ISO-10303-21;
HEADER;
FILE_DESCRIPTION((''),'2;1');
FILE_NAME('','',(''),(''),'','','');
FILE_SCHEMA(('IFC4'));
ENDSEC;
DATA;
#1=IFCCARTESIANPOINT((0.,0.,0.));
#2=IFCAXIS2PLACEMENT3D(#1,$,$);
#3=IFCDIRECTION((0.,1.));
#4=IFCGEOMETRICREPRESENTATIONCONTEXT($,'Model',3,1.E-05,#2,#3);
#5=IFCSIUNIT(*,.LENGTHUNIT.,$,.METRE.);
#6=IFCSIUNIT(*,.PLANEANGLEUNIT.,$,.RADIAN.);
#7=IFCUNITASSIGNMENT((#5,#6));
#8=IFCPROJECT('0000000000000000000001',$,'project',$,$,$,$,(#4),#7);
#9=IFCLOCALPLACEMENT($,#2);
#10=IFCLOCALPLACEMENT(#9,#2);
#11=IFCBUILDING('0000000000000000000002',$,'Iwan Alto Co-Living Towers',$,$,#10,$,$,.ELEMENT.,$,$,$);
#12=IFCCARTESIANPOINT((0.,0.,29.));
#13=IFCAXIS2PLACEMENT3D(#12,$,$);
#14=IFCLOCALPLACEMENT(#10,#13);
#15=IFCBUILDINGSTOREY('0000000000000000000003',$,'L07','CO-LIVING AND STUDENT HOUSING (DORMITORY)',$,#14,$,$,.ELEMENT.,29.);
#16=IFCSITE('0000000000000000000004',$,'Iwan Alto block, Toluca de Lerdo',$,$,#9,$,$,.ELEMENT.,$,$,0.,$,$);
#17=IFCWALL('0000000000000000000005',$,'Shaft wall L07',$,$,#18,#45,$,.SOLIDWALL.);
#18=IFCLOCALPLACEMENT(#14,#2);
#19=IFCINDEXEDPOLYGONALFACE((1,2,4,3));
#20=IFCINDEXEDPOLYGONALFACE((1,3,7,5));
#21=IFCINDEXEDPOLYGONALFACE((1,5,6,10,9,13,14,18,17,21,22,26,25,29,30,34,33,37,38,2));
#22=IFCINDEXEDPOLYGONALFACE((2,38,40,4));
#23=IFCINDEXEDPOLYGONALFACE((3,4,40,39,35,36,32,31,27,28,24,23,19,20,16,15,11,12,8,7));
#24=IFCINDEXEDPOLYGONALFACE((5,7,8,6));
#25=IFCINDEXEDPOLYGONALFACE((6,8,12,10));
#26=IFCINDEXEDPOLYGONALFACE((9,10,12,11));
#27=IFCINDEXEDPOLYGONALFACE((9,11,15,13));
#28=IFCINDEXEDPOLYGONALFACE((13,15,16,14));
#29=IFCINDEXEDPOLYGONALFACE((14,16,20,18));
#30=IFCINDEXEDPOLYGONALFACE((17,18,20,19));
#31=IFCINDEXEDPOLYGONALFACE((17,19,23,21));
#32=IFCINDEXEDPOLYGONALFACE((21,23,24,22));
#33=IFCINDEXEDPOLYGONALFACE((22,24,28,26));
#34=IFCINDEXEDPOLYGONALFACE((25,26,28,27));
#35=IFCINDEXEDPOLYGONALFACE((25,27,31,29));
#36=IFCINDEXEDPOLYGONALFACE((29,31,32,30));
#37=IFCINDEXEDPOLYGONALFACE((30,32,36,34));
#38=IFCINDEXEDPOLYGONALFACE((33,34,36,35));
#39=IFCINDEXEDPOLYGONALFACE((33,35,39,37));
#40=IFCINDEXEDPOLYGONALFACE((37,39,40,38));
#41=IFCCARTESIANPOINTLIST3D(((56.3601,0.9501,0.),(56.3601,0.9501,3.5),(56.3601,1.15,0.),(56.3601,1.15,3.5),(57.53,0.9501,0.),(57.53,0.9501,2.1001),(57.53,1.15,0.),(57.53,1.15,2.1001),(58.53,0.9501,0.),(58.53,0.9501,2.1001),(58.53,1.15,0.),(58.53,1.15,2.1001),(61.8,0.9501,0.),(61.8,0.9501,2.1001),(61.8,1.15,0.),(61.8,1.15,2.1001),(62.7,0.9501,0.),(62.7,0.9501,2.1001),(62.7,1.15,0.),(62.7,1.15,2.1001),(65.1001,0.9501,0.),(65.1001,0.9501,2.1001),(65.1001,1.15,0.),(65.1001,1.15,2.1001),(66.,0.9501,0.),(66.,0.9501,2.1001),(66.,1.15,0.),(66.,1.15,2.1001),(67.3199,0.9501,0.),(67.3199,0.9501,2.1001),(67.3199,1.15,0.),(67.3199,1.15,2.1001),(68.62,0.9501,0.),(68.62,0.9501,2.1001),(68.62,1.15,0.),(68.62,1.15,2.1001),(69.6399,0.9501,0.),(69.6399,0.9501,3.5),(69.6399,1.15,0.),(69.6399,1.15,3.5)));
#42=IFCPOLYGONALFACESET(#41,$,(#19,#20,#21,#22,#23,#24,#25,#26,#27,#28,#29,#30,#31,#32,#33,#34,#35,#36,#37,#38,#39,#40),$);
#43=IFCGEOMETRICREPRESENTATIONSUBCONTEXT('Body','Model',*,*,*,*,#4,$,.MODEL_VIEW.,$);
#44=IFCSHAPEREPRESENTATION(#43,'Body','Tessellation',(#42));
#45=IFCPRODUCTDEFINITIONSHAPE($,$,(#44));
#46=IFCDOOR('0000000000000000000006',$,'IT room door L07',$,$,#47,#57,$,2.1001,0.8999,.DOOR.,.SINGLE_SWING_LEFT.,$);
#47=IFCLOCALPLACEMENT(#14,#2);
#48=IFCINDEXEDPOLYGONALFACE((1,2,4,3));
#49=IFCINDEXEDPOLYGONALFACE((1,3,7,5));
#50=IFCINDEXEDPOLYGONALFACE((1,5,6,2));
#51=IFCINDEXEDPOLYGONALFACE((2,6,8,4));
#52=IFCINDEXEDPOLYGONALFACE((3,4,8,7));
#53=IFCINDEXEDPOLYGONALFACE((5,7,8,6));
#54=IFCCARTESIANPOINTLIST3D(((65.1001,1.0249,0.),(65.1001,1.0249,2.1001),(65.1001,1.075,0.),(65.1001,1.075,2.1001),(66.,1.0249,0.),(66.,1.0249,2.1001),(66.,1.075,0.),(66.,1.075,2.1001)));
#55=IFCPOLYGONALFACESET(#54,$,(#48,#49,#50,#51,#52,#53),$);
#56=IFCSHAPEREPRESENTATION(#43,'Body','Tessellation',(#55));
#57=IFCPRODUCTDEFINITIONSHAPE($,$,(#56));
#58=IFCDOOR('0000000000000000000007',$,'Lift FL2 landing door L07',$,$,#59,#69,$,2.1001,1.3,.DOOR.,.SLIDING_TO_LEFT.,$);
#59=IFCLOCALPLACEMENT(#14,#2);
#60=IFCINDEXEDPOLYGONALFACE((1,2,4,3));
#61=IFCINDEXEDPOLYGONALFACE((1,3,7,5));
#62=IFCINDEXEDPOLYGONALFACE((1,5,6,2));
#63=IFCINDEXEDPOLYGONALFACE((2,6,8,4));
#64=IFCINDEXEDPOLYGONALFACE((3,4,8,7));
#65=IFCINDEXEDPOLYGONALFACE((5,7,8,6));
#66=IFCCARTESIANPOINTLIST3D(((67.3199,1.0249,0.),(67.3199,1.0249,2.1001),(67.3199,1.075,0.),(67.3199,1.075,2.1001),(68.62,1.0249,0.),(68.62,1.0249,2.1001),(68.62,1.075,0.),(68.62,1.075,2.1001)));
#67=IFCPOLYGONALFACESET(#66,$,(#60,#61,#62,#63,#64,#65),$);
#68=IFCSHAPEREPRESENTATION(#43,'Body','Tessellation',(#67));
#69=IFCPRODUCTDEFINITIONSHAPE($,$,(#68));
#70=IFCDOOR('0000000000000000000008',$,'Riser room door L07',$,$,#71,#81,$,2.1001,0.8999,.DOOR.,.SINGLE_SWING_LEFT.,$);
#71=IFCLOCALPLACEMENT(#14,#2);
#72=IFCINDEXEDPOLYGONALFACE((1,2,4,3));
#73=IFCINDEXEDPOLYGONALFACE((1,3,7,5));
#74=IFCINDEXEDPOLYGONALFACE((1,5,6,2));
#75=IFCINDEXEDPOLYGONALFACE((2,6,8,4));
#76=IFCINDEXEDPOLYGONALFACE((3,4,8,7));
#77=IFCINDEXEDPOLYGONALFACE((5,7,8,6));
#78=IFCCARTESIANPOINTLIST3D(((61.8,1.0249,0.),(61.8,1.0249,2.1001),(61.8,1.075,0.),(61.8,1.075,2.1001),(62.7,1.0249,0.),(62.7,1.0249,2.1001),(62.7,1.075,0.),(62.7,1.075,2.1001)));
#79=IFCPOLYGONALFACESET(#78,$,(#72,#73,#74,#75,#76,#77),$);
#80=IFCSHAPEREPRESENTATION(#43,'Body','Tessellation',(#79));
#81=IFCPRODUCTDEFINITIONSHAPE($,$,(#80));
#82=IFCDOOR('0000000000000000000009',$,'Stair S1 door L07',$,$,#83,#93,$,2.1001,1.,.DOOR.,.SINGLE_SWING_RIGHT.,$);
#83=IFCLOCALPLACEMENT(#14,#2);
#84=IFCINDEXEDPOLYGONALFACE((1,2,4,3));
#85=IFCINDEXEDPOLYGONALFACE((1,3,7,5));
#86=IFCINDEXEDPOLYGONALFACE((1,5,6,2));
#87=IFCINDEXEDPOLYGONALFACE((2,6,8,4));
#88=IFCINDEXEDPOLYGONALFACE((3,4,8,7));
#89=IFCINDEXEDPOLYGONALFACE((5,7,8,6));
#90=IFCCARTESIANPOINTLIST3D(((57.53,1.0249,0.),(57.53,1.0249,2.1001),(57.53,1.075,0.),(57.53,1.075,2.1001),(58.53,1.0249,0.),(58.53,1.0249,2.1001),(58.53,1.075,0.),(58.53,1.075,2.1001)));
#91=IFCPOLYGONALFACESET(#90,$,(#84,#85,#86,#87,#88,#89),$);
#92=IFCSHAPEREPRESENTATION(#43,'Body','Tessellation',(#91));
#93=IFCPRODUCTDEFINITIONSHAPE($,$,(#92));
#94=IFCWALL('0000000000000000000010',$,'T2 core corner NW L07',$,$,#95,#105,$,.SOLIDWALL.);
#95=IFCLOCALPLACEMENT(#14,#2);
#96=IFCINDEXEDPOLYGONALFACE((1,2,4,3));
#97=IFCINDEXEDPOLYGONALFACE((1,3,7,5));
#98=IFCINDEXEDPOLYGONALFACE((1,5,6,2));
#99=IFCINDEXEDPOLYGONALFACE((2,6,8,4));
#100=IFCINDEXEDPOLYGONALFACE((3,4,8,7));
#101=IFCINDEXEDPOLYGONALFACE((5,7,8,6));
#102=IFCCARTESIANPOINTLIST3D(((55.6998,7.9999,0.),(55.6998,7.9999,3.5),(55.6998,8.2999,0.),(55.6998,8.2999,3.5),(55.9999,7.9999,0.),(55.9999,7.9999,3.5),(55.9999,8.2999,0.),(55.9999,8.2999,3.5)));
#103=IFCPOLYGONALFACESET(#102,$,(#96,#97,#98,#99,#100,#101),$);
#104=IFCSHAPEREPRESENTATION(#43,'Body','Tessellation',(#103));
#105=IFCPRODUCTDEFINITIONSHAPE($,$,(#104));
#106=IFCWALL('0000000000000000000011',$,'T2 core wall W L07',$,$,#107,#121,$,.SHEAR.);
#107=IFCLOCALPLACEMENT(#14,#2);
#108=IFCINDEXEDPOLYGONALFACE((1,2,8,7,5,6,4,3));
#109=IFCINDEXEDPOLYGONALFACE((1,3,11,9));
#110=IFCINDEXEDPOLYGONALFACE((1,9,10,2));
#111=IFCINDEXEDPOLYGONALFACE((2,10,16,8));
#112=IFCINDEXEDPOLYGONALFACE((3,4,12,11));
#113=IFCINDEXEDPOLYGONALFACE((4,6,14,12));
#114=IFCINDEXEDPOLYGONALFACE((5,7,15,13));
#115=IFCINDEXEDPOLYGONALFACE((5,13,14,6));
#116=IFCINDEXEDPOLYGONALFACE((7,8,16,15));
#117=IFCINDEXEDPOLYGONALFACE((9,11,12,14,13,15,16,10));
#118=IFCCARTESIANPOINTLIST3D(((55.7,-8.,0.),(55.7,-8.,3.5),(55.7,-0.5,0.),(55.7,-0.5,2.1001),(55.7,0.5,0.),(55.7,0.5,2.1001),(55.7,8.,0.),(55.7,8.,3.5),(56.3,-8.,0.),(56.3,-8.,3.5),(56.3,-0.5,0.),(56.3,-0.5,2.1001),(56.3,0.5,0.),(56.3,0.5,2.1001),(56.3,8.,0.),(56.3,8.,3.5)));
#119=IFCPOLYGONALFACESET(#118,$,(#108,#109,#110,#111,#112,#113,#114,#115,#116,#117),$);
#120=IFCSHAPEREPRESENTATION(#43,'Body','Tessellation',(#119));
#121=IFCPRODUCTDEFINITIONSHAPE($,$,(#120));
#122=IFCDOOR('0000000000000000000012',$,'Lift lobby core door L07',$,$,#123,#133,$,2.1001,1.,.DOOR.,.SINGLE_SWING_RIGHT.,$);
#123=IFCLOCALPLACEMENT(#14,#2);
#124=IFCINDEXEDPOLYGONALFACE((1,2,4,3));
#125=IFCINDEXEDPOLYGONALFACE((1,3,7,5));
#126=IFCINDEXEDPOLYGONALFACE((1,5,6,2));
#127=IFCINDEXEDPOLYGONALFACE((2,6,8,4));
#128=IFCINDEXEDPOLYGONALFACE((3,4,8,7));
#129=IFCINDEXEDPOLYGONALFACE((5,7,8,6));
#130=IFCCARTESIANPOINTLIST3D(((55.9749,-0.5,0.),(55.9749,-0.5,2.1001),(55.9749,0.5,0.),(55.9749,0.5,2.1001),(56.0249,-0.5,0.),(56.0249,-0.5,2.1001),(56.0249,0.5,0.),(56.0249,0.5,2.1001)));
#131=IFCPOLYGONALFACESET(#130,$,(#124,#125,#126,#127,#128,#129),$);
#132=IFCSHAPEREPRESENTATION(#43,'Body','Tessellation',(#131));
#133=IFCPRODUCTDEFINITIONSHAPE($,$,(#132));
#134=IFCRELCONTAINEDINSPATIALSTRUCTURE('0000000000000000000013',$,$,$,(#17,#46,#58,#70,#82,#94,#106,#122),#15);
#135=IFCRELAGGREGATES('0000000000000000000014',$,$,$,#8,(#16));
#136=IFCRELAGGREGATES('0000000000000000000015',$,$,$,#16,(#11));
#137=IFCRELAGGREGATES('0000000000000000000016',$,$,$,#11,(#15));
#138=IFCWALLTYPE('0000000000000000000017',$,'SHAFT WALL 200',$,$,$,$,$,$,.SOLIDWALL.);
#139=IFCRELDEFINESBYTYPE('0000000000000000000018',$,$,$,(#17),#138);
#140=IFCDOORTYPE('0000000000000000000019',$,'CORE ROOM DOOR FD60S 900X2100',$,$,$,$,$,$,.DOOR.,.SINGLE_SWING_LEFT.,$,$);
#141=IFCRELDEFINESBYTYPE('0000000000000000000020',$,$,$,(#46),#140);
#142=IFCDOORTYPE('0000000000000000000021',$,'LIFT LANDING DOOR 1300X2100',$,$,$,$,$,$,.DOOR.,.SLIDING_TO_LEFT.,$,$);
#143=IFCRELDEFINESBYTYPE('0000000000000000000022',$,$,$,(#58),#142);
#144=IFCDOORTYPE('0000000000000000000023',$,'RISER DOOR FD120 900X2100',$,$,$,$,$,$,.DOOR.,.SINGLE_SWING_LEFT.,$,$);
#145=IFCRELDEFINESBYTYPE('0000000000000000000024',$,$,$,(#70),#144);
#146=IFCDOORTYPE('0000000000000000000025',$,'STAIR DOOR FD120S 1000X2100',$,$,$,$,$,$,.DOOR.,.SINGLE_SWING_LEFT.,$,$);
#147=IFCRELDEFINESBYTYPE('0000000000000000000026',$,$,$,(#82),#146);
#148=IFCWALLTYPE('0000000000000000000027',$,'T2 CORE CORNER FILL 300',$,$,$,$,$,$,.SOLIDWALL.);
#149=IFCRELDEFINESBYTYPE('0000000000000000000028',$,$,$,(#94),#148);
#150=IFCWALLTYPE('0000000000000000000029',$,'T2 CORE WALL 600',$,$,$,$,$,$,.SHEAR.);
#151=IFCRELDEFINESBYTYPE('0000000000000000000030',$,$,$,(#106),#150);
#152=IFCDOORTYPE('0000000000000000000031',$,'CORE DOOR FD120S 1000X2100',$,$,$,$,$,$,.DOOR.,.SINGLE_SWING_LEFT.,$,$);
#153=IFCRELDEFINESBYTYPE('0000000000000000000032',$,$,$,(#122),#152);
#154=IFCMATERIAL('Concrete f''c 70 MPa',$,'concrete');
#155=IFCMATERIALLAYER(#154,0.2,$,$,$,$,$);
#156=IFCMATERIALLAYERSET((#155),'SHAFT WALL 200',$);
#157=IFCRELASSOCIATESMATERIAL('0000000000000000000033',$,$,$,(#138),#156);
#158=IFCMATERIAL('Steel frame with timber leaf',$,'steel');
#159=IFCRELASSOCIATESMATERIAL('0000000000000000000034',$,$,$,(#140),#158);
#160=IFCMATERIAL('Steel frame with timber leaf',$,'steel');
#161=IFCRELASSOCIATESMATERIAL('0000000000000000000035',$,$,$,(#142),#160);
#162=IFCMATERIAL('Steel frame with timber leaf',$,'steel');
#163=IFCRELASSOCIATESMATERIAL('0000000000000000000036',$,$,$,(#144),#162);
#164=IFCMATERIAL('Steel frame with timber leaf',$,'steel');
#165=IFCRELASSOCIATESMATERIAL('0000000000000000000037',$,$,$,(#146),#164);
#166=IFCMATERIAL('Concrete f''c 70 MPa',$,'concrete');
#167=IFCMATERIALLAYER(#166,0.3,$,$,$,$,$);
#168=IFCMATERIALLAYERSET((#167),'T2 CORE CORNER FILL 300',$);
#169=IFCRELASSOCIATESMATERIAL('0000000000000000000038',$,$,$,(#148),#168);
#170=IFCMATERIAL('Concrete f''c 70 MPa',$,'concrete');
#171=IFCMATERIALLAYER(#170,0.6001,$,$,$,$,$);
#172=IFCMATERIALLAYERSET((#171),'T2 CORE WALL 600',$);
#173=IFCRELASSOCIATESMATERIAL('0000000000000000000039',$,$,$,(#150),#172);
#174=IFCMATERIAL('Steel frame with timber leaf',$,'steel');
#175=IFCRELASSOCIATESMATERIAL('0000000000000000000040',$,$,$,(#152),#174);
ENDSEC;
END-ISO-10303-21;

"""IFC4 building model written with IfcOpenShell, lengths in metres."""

from ifc_helpers import new_model, si_unit, direction, frame, frame_2d, origin, place, context, subcontext, project, spatial, rectangle, extrude, material, layer, layer_set, type_object, element, fill, save


model = new_model("IFC4")

# Units and contexts
model_context = context("Model", 3, precision=1e-05, world=origin(), true_north=direction((0.0, 1.0)))
body_context = subcontext(model_context, "Body", "Model", "MODEL_VIEW")
ifc_project = project(units=[si_unit("LENGTHUNIT", "METRE"), si_unit("PLANEANGLEUNIT", "RADIAN")], contexts=[model_context])

# Site, building, storey
site_placement = place(None, origin())
site = spatial("IfcSite", under=ifc_project, at=site_placement, Name="Iwan Alto block, Toluca de Lerdo", CompositionType="ELEMENT", RefElevation=0.0)
building_placement = place(site_placement, origin())
building = spatial("IfcBuilding", under=site, at=building_placement, Name="Iwan Alto Co-Living Towers", CompositionType="ELEMENT")
storey_placement = place(building_placement, frame((0.0, 0.0, 29.0)))
storey = spatial("IfcBuildingStorey", under=building, at=storey_placement, Name="L07", Description="CO-LIVING AND STUDENT HOUSING (DORMITORY)", CompositionType="ELEMENT", Elevation=29.0)

# Wall, openings, doors
ifc_material_1 = material(Name="Concrete f'c 70 MPa", Category="concrete")
ifc_layer_1 = layer(ifc_material_1, 0.2)
ifc_layer_set_1 = layer_set([ifc_layer_1], Name="SHAFT WALL 200")
wall_type_1 = type_object("IfcWallType", Name="SHAFT WALL 200", PredefinedType="SOLIDWALL", material=ifc_layer_set_1)
wall_1_placement = place(storey_placement, frame((56.3601, 1.05, 0.0), z_axis=(0.0, 0.0, 1.0), x_axis=(1.0, 0.0, 0.0)))
wall_1 = element("IfcWall", 1, at=wall_1_placement, inside=storey, type_object=wall_type_1, Name="Shaft wall L07", PredefinedType="SOLIDWALL", context=body_context, shape_type="SweptSolid", body=[
    extrude(rectangle(XDim=13.2798, YDim=0.2, at=frame_2d((6.6399, 0.0))), origin(), (0.0, 0.0, 1.0), 3.5),
])
opening_1_placement = place(wall_1_placement, frame((1.1699, 0.0, 0.0)))
opening_1 = element("IfcOpeningElement", 2, at=opening_1_placement, cuts=wall_1, PredefinedType="OPENING", context=body_context, shape_type="SweptSolid", body=[
    extrude(rectangle(XDim=1.0, YDim=2.1001, at=frame_2d((0.5, 1.05))), frame((0.0, 0.1099, 0.0), z_axis=(0.0, -1.0, 0.0), x_axis=(1.0, 0.0, 0.0)), (0.0, 0.0, 1.0), 0.22),
])
opening_2_placement = place(wall_1_placement, frame((5.4399, 0.0, 0.0)))
opening_2 = element("IfcOpeningElement", 3, at=opening_2_placement, cuts=wall_1, PredefinedType="OPENING", context=body_context, shape_type="SweptSolid", body=[
    extrude(rectangle(XDim=0.8999, YDim=2.1001, at=frame_2d((0.45, 1.05))), frame((0.0, 0.1099, 0.0), z_axis=(0.0, -1.0, 0.0), x_axis=(1.0, 0.0, 0.0)), (0.0, 0.0, 1.0), 0.22),
])
opening_3_placement = place(wall_1_placement, frame((8.74, 0.0, 0.0)))
opening_3 = element("IfcOpeningElement", 4, at=opening_3_placement, cuts=wall_1, PredefinedType="OPENING", context=body_context, shape_type="SweptSolid", body=[
    extrude(rectangle(XDim=0.8999, YDim=2.1001, at=frame_2d((0.45, 1.05))), frame((0.0, 0.1099, 0.0), z_axis=(0.0, -1.0, 0.0), x_axis=(1.0, 0.0, 0.0)), (0.0, 0.0, 1.0), 0.22),
])
opening_4_placement = place(wall_1_placement, frame((10.96, 0.0, 0.0)))
opening_4 = element("IfcOpeningElement", 5, at=opening_4_placement, cuts=wall_1, PredefinedType="OPENING", context=body_context, shape_type="SweptSolid", body=[
    extrude(rectangle(XDim=1.3, YDim=2.1001, at=frame_2d((0.6499, 1.05))), frame((0.0, 0.1099, 0.0), z_axis=(0.0, -1.0, 0.0), x_axis=(1.0, 0.0, 0.0)), (0.0, 0.0, 1.0), 0.22),
])
ifc_material_2 = material(Name="Steel frame with timber leaf", Category="steel")
door_type_1 = type_object("IfcDoorType", Name="CORE ROOM DOOR FD60S 900X2100", OperationType="SINGLE_SWING_LEFT", PredefinedType="DOOR", material=ifc_material_2)
door_1_placement = place(opening_3_placement, origin())
door_1 = element("IfcDoor", 6, at=door_1_placement, inside=storey, type_object=door_type_1, Name="IT room door L07", OperationType="SINGLE_SWING_LEFT", OverallHeight=2.1001, OverallWidth=0.8999, PredefinedType="DOOR", context=body_context, shape_type="SweptSolid", body=[
    extrude(rectangle(XDim=0.8999, YDim=2.1001, at=frame_2d((0.45, 1.05))), frame((0.0, 0.0249, 0.0), z_axis=(0.0, -1.0, 0.0), x_axis=(1.0, 0.0, 0.0)), (0.0, 0.0, 1.0), 0.05),
])
fill(opening_3, door_1)
ifc_material_3 = material(Name="Steel frame with timber leaf", Category="steel")
door_type_2 = type_object("IfcDoorType", Name="LIFT LANDING DOOR 1300X2100", OperationType="SLIDING_TO_LEFT", PredefinedType="DOOR", material=ifc_material_3)
door_2_placement = place(opening_4_placement, origin())
door_2 = element("IfcDoor", 7, at=door_2_placement, inside=storey, type_object=door_type_2, Name="Lift FL2 landing door L07", OperationType="SLIDING_TO_LEFT", OverallHeight=2.1001, OverallWidth=1.3, PredefinedType="DOOR", context=body_context, shape_type="SweptSolid", body=[
    extrude(rectangle(XDim=1.3, YDim=2.1001, at=frame_2d((0.6499, 1.05))), frame((0.0, 0.0249, 0.0), z_axis=(0.0, -1.0, 0.0), x_axis=(1.0, 0.0, 0.0)), (0.0, 0.0, 1.0), 0.05),
])
fill(opening_4, door_2)
ifc_material_4 = material(Name="Steel frame with timber leaf", Category="steel")
door_type_3 = type_object("IfcDoorType", Name="RISER DOOR FD120 900X2100", OperationType="SINGLE_SWING_LEFT", PredefinedType="DOOR", material=ifc_material_4)
door_3_placement = place(opening_2_placement, origin())
door_3 = element("IfcDoor", 8, at=door_3_placement, inside=storey, type_object=door_type_3, Name="Riser room door L07", OperationType="SINGLE_SWING_LEFT", OverallHeight=2.1001, OverallWidth=0.8999, PredefinedType="DOOR", context=body_context, shape_type="SweptSolid", body=[
    extrude(rectangle(XDim=0.8999, YDim=2.1001, at=frame_2d((0.45, 1.05))), frame((0.0, 0.0249, 0.0), z_axis=(0.0, -1.0, 0.0), x_axis=(1.0, 0.0, 0.0)), (0.0, 0.0, 1.0), 0.05),
])
fill(opening_2, door_3)
ifc_material_5 = material(Name="Steel frame with timber leaf", Category="steel")
door_type_4 = type_object("IfcDoorType", Name="STAIR DOOR FD120S 1000X2100", OperationType="SINGLE_SWING_LEFT", PredefinedType="DOOR", material=ifc_material_5)
door_4_placement = place(opening_1_placement, origin())
door_4 = element("IfcDoor", 9, at=door_4_placement, inside=storey, type_object=door_type_4, Name="Stair S1 door L07", OperationType="SINGLE_SWING_RIGHT", OverallHeight=2.1001, OverallWidth=1.0, PredefinedType="DOOR", context=body_context, shape_type="SweptSolid", body=[
    extrude(rectangle(XDim=1.0, YDim=2.1001, at=frame_2d((0.5, 1.05))), frame((0.0, 0.0249, 0.0), z_axis=(0.0, -1.0, 0.0), x_axis=(1.0, 0.0, 0.0)), (0.0, 0.0, 1.0), 0.05),
])
fill(opening_1, door_4)

# Wall
ifc_material_6 = material(Name="Concrete f'c 70 MPa", Category="concrete")
ifc_layer_2 = layer(ifc_material_6, 0.3)
ifc_layer_set_2 = layer_set([ifc_layer_2], Name="T2 CORE CORNER FILL 300")
wall_type_2 = type_object("IfcWallType", Name="T2 CORE CORNER FILL 300", PredefinedType="SOLIDWALL", material=ifc_layer_set_2)
wall_2_placement = place(storey_placement, frame((55.7, 8.1499, 0.0), z_axis=(0.0, 0.0, 1.0), x_axis=(1.0, 0.0, 0.0)))
element("IfcWall", 10, at=wall_2_placement, inside=storey, type_object=wall_type_2, Name="T2 core corner NW L07", PredefinedType="SOLIDWALL", context=body_context, shape_type="SweptSolid", body=[
    extrude(rectangle(XDim=0.3, YDim=0.3, at=frame_2d((0.1499, 0.0))), origin(), (0.0, 0.0, 1.0), 3.5),
])

# Wall, opening, door
ifc_material_7 = material(Name="Concrete f'c 70 MPa", Category="concrete")
ifc_layer_3 = layer(ifc_material_7, 0.6001)
ifc_layer_set_3 = layer_set([ifc_layer_3], Name="T2 CORE WALL 600")
wall_type_3 = type_object("IfcWallType", Name="T2 CORE WALL 600", PredefinedType="SHEAR", material=ifc_layer_set_3)
wall_3_placement = place(storey_placement, frame((56.0, 8.0, 0.0), z_axis=(0.0, 0.0, 1.0), x_axis=(0.0, -1.0, 0.0)))
wall_3 = element("IfcWall", 11, at=wall_3_placement, inside=storey, type_object=wall_type_3, Name="T2 core wall W L07", PredefinedType="SHEAR", context=body_context, shape_type="SweptSolid", body=[
    extrude(rectangle(XDim=16.0, YDim=0.6001, at=frame_2d((8.0, 0.0))), origin(), (0.0, 0.0, 1.0), 3.5),
])
opening_5_placement = place(wall_3_placement, frame((7.5, 0.0, 0.0)))
opening_5 = element("IfcOpeningElement", 12, at=opening_5_placement, cuts=wall_3, PredefinedType="OPENING", context=body_context, shape_type="SweptSolid", body=[
    extrude(rectangle(XDim=1.0, YDim=2.1001, at=frame_2d((0.5, 1.05))), frame((0.0, 0.3101, 0.0), z_axis=(0.0, -1.0, 0.0), x_axis=(1.0, 0.0, 0.0)), (0.0, 0.0, 1.0), 0.6201),
])
ifc_material_8 = material(Name="Steel frame with timber leaf", Category="steel")
door_type_5 = type_object("IfcDoorType", Name="CORE DOOR FD120S 1000X2100", OperationType="SINGLE_SWING_LEFT", PredefinedType="DOOR", material=ifc_material_8)
door_5_placement = place(opening_5_placement, origin())
door_5 = element("IfcDoor", 13, at=door_5_placement, inside=storey, type_object=door_type_5, Name="Lift lobby core door L07", OperationType="SINGLE_SWING_RIGHT", OverallHeight=2.1001, OverallWidth=1.0, PredefinedType="DOOR", context=body_context, shape_type="SweptSolid", body=[
    extrude(rectangle(XDim=1.0, YDim=2.1001, at=frame_2d((0.5, 1.05))), frame((0.0, 0.0249, 0.0), z_axis=(0.0, -1.0, 0.0), x_axis=(1.0, 0.0, 0.0)), (0.0, 0.0, 1.0), 0.05),
])
fill(opening_5, door_5)

save(model, "model.ifc")
